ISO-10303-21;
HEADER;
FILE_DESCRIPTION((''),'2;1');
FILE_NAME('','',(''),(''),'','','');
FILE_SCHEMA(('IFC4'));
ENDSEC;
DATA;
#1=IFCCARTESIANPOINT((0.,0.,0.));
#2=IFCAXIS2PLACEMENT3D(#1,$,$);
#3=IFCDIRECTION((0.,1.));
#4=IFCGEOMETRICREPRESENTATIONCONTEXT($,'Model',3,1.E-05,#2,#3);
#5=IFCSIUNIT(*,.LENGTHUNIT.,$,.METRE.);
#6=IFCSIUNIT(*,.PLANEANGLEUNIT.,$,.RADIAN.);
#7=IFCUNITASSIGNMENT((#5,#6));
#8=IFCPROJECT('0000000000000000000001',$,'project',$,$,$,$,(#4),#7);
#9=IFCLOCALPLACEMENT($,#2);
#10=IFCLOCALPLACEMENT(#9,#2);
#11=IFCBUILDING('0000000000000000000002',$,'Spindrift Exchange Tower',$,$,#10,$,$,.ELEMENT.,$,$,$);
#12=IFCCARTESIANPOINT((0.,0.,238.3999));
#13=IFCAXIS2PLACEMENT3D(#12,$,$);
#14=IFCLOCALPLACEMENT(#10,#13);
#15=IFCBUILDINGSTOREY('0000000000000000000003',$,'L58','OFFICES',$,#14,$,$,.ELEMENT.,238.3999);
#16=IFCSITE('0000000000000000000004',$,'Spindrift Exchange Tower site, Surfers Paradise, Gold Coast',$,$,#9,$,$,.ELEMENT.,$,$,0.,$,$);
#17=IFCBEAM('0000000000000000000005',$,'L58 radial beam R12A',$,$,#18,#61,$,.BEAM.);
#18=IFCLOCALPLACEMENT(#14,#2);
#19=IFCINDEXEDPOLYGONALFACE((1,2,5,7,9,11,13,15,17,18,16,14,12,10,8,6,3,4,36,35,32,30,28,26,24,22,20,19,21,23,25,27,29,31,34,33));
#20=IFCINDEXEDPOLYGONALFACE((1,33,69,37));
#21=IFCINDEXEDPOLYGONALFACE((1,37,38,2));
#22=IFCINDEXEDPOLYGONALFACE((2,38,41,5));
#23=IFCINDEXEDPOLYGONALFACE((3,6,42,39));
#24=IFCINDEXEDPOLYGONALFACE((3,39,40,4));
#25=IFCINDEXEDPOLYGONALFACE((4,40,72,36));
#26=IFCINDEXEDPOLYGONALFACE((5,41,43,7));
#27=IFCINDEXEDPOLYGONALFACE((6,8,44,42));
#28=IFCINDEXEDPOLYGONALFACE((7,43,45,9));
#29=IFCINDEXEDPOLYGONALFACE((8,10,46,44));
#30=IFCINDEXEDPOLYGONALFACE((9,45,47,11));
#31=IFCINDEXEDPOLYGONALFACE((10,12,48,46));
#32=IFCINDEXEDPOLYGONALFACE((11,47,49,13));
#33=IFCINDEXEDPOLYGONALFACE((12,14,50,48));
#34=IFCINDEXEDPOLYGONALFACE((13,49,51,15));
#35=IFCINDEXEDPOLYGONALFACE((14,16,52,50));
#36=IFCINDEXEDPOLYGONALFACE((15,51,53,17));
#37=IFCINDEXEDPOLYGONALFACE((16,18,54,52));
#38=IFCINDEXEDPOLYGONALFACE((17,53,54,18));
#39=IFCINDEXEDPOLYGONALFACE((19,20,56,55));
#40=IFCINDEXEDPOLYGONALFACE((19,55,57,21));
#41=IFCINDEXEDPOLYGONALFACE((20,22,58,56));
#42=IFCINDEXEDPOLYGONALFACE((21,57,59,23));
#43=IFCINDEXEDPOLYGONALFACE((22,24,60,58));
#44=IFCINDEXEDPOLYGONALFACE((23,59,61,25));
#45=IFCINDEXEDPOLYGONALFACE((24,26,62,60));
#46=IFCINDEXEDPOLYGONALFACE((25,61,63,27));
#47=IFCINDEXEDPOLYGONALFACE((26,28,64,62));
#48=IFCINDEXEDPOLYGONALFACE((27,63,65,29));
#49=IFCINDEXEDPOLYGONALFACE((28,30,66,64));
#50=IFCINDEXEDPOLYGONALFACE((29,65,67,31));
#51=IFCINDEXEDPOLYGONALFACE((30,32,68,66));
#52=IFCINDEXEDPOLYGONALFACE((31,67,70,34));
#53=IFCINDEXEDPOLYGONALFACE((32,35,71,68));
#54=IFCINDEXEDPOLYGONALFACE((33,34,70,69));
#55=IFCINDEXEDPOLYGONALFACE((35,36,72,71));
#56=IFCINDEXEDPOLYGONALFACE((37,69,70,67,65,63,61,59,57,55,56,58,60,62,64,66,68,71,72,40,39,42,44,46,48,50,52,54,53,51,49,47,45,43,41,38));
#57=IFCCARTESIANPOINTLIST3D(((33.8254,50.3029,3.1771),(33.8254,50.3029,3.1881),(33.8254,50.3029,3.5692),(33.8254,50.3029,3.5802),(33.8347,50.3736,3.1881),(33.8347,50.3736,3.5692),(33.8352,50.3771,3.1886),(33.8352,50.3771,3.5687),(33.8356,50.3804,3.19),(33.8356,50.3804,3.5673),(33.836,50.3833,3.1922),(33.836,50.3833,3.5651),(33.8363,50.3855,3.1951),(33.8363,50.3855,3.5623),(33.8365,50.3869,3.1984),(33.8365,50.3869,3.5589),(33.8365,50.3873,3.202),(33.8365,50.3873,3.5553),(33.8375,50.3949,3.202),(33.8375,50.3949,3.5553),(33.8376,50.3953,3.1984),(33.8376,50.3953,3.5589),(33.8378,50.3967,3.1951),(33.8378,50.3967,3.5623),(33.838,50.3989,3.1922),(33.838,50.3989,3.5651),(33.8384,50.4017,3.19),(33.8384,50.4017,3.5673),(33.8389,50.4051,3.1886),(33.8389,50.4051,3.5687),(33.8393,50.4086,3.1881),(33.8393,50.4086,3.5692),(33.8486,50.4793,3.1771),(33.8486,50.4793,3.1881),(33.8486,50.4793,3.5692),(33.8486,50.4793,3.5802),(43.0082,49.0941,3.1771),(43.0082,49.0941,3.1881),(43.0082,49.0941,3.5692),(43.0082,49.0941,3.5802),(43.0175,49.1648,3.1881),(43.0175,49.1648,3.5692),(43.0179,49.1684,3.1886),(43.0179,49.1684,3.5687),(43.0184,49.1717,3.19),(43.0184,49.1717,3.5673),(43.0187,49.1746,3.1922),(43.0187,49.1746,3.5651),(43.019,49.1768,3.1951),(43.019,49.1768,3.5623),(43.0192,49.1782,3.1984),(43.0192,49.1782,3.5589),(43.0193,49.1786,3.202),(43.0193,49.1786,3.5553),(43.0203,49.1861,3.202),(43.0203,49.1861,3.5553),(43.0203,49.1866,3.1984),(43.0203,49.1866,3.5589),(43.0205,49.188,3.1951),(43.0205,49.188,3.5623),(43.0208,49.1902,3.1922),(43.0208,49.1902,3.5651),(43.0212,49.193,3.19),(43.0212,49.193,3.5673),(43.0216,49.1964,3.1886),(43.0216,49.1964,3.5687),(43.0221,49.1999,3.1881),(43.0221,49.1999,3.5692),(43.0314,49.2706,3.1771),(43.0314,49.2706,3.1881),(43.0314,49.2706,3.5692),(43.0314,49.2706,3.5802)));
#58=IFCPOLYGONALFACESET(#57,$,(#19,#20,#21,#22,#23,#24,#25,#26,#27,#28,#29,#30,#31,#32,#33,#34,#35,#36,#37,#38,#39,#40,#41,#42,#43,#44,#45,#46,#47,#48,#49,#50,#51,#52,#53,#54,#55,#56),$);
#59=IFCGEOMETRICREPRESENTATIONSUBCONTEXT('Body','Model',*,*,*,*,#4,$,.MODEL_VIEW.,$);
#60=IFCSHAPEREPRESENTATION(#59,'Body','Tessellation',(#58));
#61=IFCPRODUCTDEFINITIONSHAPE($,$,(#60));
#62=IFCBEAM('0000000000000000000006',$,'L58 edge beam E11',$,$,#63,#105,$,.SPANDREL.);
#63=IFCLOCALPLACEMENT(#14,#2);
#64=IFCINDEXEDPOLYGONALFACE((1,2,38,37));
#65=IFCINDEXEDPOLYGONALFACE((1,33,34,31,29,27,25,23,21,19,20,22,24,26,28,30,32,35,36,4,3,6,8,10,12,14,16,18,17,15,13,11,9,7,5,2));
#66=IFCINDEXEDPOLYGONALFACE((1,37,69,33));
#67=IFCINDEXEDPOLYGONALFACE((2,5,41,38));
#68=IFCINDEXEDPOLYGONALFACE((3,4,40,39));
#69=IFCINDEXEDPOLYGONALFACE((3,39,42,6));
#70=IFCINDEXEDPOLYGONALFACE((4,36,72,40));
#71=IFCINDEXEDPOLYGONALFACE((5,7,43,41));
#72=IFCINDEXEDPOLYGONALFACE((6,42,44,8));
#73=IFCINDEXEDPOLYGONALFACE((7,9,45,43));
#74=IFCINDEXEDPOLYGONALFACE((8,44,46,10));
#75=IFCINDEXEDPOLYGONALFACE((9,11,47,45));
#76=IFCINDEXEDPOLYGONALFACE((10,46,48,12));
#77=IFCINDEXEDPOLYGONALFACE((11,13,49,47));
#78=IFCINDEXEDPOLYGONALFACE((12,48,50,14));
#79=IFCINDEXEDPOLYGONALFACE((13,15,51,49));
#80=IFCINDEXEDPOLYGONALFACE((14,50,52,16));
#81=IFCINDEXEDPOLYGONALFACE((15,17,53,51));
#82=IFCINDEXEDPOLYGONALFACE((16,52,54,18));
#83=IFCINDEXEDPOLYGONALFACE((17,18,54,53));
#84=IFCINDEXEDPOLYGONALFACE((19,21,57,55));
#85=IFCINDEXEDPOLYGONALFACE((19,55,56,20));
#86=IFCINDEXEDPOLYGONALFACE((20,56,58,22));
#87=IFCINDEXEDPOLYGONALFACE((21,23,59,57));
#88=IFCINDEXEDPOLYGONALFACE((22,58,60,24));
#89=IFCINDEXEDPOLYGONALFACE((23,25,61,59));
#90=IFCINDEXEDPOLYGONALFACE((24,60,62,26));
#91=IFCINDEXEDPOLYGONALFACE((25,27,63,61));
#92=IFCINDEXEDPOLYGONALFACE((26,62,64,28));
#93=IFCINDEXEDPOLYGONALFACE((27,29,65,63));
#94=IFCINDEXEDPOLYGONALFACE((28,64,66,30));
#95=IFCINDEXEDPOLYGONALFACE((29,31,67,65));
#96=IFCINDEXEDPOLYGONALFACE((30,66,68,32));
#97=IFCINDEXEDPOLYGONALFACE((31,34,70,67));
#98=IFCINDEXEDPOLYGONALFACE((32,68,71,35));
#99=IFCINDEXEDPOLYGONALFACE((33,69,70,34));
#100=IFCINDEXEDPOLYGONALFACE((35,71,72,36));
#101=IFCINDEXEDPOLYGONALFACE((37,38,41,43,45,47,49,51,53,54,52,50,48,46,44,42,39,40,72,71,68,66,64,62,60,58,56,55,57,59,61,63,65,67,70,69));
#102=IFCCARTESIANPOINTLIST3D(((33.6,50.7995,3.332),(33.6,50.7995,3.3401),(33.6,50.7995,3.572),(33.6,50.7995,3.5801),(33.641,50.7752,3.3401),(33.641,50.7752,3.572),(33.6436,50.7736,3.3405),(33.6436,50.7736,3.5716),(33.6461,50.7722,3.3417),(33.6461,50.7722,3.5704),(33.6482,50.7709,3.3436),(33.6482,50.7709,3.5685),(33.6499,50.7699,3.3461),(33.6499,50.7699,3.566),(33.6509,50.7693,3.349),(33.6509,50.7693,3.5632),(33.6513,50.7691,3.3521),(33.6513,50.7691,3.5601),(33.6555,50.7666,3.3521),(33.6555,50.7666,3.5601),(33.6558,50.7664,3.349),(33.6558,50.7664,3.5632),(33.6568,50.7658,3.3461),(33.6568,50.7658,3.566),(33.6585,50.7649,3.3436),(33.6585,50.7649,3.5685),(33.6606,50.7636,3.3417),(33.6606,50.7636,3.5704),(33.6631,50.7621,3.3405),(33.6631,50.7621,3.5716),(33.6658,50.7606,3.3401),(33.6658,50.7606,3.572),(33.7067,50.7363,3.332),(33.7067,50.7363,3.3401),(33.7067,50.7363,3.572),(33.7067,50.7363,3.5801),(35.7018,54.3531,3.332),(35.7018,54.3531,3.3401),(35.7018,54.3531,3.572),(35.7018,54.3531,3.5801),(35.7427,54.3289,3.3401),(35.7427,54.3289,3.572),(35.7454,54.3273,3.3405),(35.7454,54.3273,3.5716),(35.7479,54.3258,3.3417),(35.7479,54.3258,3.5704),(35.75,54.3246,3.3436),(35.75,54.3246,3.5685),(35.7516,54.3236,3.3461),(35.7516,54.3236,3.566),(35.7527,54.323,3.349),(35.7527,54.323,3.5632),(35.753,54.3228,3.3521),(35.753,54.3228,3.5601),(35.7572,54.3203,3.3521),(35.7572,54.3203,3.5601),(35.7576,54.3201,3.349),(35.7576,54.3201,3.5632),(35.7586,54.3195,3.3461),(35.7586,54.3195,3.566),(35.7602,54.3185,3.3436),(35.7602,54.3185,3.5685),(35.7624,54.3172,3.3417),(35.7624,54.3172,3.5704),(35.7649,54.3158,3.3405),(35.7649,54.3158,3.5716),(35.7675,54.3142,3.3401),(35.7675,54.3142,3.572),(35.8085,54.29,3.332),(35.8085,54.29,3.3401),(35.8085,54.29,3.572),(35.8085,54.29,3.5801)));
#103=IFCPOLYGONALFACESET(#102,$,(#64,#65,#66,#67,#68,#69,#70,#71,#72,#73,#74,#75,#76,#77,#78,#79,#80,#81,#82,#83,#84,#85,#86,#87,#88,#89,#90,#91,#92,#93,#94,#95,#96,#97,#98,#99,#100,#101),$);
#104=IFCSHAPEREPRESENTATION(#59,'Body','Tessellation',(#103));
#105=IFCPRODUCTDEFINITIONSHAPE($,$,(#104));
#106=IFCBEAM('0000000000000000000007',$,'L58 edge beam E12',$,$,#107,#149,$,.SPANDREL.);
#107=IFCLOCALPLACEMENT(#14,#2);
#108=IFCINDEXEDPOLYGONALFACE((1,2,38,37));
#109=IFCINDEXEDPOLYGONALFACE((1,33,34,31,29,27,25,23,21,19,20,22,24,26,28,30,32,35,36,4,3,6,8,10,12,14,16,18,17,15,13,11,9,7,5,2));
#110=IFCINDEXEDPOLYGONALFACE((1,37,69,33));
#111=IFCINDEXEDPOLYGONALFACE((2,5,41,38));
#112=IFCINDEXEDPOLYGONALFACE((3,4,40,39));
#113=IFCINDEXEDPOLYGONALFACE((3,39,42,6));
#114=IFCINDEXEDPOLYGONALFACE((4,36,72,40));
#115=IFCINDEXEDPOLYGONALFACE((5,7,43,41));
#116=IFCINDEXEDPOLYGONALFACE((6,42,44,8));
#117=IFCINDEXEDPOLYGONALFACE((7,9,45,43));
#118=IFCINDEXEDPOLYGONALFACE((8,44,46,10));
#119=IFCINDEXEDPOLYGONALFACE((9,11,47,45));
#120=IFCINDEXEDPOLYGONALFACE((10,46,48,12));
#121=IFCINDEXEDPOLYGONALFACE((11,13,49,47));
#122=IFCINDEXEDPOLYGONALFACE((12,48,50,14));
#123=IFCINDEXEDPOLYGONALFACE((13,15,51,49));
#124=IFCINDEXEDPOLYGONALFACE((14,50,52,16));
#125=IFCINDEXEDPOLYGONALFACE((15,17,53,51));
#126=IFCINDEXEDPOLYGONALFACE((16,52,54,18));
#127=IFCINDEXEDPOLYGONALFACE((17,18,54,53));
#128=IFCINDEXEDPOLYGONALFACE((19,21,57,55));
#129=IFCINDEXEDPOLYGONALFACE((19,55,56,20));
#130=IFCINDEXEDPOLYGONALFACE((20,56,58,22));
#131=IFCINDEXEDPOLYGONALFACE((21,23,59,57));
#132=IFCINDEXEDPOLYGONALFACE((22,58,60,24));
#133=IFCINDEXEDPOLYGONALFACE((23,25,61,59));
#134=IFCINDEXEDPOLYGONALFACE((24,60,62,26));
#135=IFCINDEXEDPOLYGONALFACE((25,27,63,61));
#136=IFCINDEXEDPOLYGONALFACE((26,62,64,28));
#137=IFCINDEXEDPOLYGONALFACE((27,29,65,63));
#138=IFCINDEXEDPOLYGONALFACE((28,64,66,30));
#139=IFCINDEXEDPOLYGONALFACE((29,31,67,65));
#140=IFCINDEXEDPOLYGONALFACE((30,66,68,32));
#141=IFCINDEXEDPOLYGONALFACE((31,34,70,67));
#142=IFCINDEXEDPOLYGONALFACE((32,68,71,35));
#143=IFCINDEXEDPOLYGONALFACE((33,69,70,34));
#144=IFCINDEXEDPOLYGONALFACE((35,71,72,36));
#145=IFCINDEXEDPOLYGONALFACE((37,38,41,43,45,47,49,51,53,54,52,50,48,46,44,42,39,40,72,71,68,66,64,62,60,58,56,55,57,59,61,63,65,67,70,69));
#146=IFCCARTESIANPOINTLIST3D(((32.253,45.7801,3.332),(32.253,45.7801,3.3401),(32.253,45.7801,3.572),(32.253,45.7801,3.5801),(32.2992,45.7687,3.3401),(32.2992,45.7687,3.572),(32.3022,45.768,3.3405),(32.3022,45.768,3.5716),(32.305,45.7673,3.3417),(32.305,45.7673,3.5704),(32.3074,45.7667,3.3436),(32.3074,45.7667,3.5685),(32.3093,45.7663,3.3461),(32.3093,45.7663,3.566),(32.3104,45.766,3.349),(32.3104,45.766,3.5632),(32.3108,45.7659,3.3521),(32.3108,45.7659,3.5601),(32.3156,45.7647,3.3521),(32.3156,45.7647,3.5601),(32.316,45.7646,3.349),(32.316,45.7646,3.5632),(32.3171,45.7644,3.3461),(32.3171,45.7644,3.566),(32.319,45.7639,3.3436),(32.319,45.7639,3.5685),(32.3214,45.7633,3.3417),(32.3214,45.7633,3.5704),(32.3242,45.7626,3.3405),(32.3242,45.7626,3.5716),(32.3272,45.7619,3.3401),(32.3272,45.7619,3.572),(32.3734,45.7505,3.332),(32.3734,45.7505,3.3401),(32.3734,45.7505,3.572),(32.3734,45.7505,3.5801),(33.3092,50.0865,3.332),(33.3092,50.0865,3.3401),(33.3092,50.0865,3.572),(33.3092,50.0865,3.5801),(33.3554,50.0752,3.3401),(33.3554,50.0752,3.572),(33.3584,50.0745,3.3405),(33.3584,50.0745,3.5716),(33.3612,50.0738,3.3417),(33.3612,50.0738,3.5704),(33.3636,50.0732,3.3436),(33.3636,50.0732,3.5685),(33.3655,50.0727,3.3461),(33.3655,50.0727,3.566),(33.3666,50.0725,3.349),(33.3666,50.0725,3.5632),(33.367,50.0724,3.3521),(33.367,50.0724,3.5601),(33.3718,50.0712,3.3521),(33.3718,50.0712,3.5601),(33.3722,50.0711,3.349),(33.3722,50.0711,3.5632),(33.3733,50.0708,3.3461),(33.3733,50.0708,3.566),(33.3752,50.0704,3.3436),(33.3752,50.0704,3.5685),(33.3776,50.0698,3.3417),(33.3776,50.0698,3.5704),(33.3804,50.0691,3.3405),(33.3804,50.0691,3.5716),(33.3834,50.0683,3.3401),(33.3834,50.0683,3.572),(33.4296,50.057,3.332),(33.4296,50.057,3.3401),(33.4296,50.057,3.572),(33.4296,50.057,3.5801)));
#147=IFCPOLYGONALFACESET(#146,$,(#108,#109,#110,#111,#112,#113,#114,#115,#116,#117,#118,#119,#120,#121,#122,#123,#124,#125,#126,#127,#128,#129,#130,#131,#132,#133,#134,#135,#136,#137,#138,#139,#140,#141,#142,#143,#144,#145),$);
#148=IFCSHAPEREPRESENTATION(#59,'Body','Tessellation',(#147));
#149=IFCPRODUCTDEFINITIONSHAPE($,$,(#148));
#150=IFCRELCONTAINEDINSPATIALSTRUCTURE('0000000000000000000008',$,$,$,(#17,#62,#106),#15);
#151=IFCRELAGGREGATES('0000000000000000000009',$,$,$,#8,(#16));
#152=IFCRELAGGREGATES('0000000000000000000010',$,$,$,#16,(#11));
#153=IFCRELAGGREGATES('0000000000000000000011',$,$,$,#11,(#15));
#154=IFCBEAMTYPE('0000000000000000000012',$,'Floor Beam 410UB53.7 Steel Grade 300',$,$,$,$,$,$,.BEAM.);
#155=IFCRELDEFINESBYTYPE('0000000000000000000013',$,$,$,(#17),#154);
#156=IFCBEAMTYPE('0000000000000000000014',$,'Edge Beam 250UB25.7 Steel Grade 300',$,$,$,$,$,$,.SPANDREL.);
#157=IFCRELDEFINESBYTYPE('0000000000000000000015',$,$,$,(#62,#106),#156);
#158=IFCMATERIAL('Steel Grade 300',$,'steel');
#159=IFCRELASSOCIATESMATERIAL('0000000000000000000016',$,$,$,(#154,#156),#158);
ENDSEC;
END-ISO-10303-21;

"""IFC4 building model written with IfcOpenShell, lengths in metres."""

from ifc_helpers import new_model, si_unit, direction, frame, origin, origin_2d, place, context, subcontext, project, spatial, i_section, extrude, source, transform, mapped, material, material_profile, profile_set, type_object, element, save


model = new_model("IFC4")

# Units and contexts
model_context = context("Model", 3, precision=1e-05, world=origin(), true_north=direction((0.0, 1.0)))
body_context = subcontext(model_context, "Body", "Model", "MODEL_VIEW")
ifc_project = project(units=[si_unit("LENGTHUNIT", "METRE"), si_unit("PLANEANGLEUNIT", "RADIAN")], contexts=[model_context])

# Site, building, storey
site_placement = place(None, origin())
site = spatial("IfcSite", under=ifc_project, at=site_placement, Name="Spindrift Exchange Tower site, Surfers Paradise, Gold Coast", CompositionType="ELEMENT", RefElevation=0.0)
building_placement = place(site_placement, origin())
building = spatial("IfcBuilding", under=site, at=building_placement, Name="Spindrift Exchange Tower", CompositionType="ELEMENT")
storey_placement = place(building_placement, frame((0.0, 0.0, 238.3999)))
storey = spatial("IfcBuildingStorey", under=building, at=storey_placement, Name="L58", Description="OFFICES", CompositionType="ELEMENT", Elevation=238.3999)

# Beams
ifc_material_1 = material(Name="Steel Grade 300", Category="steel")
ifc_material_profile_1 = material_profile(ifc_material_1, i_section(OverallWidth=0.178, OverallDepth=0.4031, WebThickness=0.0076, FlangeThickness=0.011, FilletRadius=0.0139, at=origin_2d()), Name="410UB53.7")
ifc_profile_set_1 = profile_set([ifc_material_profile_1], Name="Steel Grade 300")
beam_type_1 = type_object("IfcBeamType", Name="Floor Beam 410UB53.7 Steel Grade 300", PredefinedType="BEAM", material=ifc_profile_set_1)
shared_shape_1 = source(origin(), body_context, "Body", "SweptSolid", [
    extrude(i_section(OverallWidth=0.178, OverallDepth=0.4031, WebThickness=0.0076, FlangeThickness=0.011, FilletRadius=0.0139, at=origin_2d()), origin(), (0.0, 0.0, 1.0), 9.262),
])
beam_1_placement = place(storey_placement, frame((43.0198, 49.1824, 3.3787), z_axis=(-0.991448, 0.130504, 0.0), x_axis=(-0.130504, -0.991448, 0.0)))
element("IfcBeam", 1, at=beam_1_placement, inside=storey, type_object=beam_type_1, Name="L58 radial beam R12A", PredefinedType="BEAM", context=body_context, shape_type="MappedRepresentation", body=[
    mapped(shared_shape_1, transform((0.0, 0.0, 0.0), scale=1.0)),
])
ifc_material_profile_2 = material_profile(ifc_material_1, i_section(OverallWidth=0.124, OverallDepth=0.248, WebThickness=0.0049, FlangeThickness=0.0081, FilletRadius=0.012, at=origin_2d()), Name="250UB25.7")
ifc_profile_set_2 = profile_set([ifc_material_profile_2], Name="Steel Grade 300")
beam_type_2 = type_object("IfcBeamType", Name="Edge Beam 250UB25.7 Steel Grade 300", PredefinedType="SPANDREL", material=ifc_profile_set_2)
shared_shape_2 = source(origin(), body_context, "Body", "SweptSolid", [
    extrude(i_section(OverallWidth=0.124, OverallDepth=0.248, WebThickness=0.0049, FlangeThickness=0.0081, FilletRadius=0.012, at=origin_2d()), origin(), (0.0, 0.0, 1.0), 4.1287),
])
beam_2_placement = place(storey_placement, frame((35.7551, 54.3215, 3.4561), z_axis=(-0.509068, -0.860726, 0.0), x_axis=(0.860726, -0.509068, 0.0)))
element("IfcBeam", 2, at=beam_2_placement, inside=storey, type_object=beam_type_2, Name="L58 edge beam E11", PredefinedType="SPANDREL", context=body_context, shape_type="MappedRepresentation", body=[
    mapped(shared_shape_2, transform((0.0, 0.0, 0.0), scale=1.0)),
])
shared_shape_3 = source(origin(), body_context, "Body", "SweptSolid", [
    extrude(i_section(OverallWidth=0.124, OverallDepth=0.248, WebThickness=0.0049, FlangeThickness=0.0081, FilletRadius=0.012, at=origin_2d()), origin(), (0.0, 0.0, 1.0), 4.4341),
])
beam_3_placement = place(storey_placement, frame((33.3694, 50.0718, 3.4561), z_axis=(-0.238193, -0.971218, 0.0), x_axis=(0.971218, -0.238193, 0.0)))
element("IfcBeam", 3, at=beam_3_placement, inside=storey, type_object=beam_type_2, Name="L58 edge beam E12", PredefinedType="SPANDREL", context=body_context, shape_type="MappedRepresentation", body=[
    mapped(shared_shape_3, transform((0.0, 0.0, 0.0), scale=1.0)),
])

save(model, "model.ifc")
